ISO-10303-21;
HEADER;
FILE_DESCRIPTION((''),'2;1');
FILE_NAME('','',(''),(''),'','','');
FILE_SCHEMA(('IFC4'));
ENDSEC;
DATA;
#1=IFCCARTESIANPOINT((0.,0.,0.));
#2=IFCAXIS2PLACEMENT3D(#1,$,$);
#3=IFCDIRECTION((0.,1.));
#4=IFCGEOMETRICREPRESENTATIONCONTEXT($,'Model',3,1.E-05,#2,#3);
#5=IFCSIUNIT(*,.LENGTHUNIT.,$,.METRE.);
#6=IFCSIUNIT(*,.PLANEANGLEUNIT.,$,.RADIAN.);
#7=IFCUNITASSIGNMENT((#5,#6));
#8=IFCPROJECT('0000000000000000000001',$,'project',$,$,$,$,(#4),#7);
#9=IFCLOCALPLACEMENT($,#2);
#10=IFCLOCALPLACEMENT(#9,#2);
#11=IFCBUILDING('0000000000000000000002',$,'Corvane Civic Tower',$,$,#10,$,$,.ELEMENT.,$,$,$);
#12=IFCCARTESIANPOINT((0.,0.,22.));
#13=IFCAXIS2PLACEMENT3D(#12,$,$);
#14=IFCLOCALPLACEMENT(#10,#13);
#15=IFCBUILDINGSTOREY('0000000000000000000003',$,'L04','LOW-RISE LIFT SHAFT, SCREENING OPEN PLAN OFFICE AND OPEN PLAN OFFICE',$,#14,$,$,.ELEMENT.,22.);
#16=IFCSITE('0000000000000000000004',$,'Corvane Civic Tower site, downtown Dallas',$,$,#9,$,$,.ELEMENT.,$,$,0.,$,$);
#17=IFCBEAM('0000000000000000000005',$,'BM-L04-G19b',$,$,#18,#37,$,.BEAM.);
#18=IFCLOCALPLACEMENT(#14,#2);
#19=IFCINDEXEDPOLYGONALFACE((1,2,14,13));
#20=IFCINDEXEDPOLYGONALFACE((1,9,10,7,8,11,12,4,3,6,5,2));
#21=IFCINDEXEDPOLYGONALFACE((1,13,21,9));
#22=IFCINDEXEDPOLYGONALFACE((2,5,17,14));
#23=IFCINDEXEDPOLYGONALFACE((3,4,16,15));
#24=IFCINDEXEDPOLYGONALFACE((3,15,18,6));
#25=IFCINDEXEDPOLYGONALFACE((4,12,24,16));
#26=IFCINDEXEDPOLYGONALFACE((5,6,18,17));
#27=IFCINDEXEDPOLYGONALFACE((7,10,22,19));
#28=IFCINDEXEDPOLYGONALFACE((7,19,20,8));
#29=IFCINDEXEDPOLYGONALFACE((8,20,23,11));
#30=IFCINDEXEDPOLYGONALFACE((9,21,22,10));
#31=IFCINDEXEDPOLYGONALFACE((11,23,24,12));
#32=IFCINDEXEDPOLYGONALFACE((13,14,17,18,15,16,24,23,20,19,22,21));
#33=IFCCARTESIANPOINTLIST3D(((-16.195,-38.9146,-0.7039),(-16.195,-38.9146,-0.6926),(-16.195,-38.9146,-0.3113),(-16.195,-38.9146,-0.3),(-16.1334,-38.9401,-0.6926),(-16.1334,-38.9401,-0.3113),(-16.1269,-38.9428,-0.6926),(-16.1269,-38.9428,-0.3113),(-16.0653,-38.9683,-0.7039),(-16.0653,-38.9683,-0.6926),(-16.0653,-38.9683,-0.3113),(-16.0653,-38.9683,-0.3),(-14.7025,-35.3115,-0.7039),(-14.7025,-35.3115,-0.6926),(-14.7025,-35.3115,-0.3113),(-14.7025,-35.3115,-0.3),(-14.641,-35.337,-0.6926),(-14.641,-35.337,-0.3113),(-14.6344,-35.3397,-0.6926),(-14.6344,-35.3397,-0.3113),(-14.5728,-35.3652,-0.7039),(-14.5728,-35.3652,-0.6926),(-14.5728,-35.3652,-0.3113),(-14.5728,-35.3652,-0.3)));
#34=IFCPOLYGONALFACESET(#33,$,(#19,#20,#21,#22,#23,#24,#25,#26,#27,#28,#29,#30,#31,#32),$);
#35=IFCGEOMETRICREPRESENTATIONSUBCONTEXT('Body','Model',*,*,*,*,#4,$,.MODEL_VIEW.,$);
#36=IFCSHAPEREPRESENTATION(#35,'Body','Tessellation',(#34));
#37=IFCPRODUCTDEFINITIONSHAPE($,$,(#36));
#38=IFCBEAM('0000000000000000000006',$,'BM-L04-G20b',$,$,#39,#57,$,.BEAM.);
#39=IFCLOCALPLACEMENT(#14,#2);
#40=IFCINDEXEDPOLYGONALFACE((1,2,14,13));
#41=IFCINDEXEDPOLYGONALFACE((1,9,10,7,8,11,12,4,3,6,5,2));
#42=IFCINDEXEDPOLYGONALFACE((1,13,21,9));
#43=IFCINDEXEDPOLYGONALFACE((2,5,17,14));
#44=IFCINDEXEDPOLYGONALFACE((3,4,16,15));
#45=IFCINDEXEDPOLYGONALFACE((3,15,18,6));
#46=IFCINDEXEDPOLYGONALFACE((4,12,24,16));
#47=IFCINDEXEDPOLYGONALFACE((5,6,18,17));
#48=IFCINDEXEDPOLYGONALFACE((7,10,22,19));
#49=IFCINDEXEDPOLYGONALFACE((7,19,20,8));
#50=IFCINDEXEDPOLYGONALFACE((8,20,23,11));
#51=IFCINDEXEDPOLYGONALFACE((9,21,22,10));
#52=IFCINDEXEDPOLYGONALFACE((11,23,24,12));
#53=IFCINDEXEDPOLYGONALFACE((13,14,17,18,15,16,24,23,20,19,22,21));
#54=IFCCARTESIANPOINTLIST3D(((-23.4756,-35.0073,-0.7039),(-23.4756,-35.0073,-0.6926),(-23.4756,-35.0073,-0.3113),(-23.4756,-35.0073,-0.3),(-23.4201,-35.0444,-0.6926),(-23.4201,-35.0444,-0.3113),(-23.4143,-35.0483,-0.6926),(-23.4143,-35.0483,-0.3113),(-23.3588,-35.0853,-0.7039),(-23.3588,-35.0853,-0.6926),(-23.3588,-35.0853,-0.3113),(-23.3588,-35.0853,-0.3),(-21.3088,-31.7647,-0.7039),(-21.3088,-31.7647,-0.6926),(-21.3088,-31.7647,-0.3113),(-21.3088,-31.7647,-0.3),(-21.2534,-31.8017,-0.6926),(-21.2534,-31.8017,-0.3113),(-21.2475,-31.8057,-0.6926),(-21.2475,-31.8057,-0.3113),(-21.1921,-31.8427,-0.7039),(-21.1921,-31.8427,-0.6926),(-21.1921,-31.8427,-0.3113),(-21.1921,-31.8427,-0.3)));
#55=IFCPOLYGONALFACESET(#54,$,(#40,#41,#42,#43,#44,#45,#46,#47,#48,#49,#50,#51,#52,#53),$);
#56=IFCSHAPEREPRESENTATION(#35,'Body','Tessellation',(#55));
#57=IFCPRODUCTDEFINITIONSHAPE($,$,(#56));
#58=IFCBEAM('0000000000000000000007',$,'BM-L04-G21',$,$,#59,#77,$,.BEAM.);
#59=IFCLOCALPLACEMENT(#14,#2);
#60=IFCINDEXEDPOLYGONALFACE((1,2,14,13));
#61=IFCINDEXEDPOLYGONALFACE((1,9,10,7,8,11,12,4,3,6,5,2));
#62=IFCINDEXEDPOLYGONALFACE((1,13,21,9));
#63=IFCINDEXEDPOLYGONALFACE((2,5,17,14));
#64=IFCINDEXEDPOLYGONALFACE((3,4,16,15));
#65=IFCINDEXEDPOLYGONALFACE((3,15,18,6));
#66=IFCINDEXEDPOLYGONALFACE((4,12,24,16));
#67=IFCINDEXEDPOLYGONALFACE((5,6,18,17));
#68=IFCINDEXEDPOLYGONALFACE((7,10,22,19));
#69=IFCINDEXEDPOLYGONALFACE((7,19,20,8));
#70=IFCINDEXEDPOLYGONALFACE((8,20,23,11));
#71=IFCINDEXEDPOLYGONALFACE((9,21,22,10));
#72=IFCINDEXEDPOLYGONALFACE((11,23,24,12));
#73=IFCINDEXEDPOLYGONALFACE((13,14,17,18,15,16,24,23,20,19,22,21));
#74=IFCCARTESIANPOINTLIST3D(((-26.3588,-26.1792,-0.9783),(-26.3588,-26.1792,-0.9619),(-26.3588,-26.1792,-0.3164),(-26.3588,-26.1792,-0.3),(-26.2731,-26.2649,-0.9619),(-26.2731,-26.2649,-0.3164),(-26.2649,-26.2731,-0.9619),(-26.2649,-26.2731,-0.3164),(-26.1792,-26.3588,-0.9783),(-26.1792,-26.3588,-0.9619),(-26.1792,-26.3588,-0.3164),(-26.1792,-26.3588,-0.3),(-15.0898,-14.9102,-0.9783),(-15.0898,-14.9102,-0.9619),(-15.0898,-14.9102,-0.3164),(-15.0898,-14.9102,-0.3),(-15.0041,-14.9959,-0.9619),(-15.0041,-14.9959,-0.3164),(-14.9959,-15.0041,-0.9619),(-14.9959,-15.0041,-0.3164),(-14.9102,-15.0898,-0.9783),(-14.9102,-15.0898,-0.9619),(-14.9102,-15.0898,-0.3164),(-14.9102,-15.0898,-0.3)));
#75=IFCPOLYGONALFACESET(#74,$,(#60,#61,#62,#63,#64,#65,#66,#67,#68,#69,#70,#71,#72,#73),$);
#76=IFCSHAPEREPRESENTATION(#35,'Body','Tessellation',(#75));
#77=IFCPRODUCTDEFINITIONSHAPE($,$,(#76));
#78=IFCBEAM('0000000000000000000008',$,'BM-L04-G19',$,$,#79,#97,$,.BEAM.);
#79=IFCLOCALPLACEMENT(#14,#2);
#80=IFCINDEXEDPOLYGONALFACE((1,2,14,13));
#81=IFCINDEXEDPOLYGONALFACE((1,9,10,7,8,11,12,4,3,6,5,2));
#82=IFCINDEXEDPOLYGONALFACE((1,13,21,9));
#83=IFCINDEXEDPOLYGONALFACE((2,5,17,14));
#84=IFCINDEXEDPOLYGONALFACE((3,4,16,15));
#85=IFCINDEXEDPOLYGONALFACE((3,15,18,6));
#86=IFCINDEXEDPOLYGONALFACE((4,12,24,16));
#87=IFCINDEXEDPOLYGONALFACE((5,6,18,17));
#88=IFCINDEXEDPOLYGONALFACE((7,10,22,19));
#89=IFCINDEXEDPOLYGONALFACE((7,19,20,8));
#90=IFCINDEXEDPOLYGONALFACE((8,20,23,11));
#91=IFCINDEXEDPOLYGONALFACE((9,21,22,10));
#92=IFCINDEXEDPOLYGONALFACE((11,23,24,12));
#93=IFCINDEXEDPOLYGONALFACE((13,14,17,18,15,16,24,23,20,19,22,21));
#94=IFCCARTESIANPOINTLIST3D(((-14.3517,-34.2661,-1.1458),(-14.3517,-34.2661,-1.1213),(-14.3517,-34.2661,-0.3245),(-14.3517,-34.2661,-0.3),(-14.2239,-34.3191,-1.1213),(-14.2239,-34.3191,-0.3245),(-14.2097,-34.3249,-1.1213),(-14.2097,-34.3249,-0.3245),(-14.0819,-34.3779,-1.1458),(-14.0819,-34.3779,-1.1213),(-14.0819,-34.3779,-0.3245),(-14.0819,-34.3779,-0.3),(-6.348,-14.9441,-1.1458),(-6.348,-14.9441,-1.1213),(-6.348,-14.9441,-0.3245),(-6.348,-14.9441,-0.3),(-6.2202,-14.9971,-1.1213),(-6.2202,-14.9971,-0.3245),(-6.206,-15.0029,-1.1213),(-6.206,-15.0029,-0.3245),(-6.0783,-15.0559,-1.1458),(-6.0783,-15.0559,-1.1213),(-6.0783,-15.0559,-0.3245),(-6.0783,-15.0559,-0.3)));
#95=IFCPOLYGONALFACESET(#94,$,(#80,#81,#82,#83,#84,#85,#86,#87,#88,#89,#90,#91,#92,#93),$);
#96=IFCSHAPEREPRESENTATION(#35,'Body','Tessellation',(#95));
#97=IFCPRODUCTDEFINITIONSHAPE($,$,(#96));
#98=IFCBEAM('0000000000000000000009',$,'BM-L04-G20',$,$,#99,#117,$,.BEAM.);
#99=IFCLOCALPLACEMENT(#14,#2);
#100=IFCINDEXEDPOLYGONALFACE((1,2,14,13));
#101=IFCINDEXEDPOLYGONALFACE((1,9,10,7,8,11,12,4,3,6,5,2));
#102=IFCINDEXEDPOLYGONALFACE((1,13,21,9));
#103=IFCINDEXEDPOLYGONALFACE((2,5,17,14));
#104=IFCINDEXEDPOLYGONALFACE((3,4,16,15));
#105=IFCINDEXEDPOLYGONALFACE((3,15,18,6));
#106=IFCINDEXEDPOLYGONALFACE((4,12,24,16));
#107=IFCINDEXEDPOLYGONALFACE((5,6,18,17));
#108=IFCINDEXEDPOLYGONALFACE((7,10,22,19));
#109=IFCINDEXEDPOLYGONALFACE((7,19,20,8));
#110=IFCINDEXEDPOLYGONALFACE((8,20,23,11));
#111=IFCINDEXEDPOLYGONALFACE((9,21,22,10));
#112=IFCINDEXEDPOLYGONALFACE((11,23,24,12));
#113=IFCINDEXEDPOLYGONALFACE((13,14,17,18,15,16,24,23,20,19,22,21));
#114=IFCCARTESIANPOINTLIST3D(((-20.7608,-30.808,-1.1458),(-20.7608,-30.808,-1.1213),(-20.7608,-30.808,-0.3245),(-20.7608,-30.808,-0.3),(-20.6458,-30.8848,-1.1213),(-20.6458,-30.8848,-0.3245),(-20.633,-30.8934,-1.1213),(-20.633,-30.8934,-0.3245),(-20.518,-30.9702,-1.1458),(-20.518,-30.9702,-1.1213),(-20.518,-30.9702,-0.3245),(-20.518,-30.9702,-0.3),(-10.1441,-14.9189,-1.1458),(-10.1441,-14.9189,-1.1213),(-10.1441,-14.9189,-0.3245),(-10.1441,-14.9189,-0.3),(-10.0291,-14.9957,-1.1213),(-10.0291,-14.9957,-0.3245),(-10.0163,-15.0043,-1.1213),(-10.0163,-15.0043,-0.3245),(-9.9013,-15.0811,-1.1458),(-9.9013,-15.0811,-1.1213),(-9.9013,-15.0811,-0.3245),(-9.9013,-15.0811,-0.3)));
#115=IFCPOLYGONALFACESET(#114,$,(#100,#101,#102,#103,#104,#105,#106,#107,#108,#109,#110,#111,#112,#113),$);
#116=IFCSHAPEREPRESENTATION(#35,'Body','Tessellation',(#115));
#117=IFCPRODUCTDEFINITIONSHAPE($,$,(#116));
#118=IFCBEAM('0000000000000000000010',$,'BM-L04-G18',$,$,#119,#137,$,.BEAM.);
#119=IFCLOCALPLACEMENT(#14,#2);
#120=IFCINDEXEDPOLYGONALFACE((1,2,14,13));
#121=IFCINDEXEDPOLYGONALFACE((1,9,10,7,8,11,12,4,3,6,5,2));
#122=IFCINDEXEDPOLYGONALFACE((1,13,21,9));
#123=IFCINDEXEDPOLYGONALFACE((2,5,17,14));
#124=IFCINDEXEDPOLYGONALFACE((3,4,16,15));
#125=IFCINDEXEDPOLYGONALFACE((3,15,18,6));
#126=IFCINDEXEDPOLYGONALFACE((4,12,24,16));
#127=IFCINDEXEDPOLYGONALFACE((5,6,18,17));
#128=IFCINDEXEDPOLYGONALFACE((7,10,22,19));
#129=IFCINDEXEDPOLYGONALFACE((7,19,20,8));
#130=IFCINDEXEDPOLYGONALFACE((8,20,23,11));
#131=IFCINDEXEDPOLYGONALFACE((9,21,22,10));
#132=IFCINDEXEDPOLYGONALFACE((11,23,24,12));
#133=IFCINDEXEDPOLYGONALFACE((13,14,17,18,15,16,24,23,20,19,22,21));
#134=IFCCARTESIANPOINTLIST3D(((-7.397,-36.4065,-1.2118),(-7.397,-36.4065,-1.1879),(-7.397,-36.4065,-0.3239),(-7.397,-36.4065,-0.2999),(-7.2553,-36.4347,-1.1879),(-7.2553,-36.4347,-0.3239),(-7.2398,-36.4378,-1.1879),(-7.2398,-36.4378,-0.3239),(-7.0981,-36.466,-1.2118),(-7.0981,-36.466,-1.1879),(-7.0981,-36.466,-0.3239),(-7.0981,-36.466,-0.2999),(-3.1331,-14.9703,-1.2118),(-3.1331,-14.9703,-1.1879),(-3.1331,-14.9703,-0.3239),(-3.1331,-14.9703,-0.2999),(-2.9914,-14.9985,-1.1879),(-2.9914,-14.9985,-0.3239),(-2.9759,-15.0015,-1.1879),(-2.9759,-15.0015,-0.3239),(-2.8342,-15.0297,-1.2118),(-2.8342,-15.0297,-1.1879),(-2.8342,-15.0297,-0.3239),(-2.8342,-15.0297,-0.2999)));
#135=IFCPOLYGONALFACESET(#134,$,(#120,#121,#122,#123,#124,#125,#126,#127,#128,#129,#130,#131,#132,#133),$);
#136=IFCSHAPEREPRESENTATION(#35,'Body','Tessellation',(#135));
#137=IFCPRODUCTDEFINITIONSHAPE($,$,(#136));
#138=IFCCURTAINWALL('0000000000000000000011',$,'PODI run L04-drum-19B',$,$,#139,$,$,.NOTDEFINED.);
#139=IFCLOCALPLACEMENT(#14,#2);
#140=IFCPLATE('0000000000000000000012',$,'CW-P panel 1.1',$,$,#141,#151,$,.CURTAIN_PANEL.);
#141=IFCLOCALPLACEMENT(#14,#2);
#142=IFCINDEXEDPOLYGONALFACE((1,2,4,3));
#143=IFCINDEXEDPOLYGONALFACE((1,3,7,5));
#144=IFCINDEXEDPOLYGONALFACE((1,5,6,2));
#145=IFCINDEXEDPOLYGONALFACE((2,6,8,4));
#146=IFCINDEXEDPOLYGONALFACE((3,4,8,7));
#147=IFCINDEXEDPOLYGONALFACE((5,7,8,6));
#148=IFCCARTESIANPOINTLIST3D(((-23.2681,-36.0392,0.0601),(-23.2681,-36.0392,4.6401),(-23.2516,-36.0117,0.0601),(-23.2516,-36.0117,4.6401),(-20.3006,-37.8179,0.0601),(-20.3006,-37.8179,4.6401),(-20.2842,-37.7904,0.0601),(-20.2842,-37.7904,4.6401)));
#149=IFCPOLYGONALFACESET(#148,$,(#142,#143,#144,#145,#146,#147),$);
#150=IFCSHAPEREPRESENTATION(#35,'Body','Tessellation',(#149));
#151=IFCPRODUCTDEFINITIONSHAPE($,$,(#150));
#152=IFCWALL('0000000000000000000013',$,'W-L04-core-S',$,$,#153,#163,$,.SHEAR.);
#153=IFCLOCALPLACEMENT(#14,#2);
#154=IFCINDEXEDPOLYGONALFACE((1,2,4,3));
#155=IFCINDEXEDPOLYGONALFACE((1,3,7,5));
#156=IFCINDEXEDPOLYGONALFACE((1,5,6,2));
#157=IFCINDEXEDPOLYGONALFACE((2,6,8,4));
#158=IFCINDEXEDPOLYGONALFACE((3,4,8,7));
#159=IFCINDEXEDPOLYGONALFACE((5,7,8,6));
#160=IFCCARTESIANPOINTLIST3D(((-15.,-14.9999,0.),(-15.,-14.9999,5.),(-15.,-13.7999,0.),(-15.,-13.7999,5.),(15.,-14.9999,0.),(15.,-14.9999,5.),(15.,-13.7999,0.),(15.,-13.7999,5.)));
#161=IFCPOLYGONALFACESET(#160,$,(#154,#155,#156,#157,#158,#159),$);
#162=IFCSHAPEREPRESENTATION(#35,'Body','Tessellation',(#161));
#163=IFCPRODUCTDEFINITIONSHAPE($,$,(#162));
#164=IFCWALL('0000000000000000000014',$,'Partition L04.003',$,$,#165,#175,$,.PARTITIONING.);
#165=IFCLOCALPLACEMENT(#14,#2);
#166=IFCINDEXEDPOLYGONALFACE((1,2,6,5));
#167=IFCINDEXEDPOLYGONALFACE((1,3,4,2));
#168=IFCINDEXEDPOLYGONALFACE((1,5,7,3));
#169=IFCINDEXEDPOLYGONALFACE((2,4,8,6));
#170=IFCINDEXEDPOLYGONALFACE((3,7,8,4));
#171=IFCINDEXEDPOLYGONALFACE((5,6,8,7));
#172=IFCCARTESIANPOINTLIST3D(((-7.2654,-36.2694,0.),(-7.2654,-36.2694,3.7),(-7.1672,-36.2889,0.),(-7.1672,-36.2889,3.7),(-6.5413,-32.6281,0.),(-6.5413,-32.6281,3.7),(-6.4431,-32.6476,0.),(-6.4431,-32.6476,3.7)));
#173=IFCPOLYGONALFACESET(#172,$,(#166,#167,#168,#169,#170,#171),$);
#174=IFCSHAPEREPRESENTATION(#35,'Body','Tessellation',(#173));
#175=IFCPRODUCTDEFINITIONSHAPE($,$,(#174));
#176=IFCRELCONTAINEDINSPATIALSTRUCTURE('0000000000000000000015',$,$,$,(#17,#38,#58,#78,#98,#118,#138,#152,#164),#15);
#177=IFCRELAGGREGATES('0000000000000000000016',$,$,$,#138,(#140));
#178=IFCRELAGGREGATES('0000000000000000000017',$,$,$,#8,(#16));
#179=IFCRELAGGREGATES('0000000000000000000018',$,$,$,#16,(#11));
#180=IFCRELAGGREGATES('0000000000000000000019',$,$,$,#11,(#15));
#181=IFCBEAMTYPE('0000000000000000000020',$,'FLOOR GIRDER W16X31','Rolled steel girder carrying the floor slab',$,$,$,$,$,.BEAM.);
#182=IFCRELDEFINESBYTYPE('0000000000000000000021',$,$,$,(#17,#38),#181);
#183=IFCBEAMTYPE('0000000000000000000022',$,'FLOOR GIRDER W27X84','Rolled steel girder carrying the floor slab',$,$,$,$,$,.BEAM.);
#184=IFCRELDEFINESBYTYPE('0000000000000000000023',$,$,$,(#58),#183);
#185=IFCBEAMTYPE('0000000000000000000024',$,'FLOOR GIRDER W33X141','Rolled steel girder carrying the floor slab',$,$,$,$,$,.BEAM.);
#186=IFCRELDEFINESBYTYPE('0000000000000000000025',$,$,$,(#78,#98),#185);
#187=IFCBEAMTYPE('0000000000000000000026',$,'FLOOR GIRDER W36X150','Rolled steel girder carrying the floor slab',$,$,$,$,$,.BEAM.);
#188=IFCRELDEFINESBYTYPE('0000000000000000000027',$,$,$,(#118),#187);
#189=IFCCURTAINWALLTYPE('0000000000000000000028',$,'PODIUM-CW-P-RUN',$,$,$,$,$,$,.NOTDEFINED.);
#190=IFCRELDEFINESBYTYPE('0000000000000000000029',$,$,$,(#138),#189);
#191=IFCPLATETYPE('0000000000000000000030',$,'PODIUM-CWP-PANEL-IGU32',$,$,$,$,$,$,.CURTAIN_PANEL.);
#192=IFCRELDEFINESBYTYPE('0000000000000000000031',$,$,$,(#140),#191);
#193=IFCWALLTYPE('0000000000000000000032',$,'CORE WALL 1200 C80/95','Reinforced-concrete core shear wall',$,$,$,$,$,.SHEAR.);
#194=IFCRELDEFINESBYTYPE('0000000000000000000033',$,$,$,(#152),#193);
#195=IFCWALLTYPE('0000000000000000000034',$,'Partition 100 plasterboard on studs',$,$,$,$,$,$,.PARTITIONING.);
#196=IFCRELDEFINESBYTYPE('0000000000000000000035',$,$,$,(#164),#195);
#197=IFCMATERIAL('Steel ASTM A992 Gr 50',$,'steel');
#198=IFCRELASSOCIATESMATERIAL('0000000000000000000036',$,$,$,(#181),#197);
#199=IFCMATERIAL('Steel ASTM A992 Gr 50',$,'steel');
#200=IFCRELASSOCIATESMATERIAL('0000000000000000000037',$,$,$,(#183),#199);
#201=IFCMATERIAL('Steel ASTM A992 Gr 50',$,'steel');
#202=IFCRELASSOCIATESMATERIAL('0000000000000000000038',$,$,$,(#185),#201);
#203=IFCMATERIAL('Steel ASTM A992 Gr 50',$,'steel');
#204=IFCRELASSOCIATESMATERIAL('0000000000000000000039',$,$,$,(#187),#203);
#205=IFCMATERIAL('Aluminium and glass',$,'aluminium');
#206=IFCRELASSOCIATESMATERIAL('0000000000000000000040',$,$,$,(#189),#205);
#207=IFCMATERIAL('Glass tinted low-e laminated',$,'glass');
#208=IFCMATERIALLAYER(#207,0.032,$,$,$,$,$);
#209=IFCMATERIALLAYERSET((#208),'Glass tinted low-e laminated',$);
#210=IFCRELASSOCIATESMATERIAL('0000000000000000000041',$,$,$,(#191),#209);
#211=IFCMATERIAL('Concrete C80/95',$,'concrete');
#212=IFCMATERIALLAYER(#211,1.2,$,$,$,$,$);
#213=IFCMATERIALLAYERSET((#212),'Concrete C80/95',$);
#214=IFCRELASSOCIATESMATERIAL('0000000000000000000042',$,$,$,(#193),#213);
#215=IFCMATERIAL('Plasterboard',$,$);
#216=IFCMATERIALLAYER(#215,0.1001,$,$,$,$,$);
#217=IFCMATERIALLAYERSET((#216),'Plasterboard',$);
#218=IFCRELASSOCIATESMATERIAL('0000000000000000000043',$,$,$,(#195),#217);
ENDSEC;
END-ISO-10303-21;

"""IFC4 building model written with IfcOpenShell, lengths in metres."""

from ifc_helpers import new_model, si_unit, direction, frame, frame_2d, origin, origin_2d, place, context, subcontext, project, spatial, rectangle, i_section, extrude, material, layer, layer_set, material_profile, profile_set, type_object, element, aggregate, save


model = new_model("IFC4")

# Units and contexts
model_context = context("Model", 3, precision=1e-05, world=origin(), true_north=direction((0.0, 1.0)))
body_context = subcontext(model_context, "Body", "Model", "MODEL_VIEW")
ifc_project = project(units=[si_unit("LENGTHUNIT", "METRE"), si_unit("PLANEANGLEUNIT", "RADIAN")], contexts=[model_context])

# Site, building, storey
site_placement = place(None, origin())
site = spatial("IfcSite", under=ifc_project, at=site_placement, Name="Corvane Civic Tower site, downtown Dallas", CompositionType="ELEMENT", RefElevation=0.0)
building_placement = place(site_placement, origin())
building = spatial("IfcBuilding", under=site, at=building_placement, Name="Corvane Civic Tower", CompositionType="ELEMENT")
storey_placement = place(building_placement, frame((0.0, 0.0, 22.0)))
storey = spatial("IfcBuildingStorey", under=building, at=storey_placement, Name="L04", Description="LOW-RISE LIFT SHAFT, SCREENING OPEN PLAN OFFICE AND OPEN PLAN OFFICE", CompositionType="ELEMENT", Elevation=22.0)

# Beams
ifc_material_1 = material(Name="Steel ASTM A992 Gr 50", Category="steel")
ifc_material_profile_1 = material_profile(ifc_material_1, i_section(OverallWidth=0.1404, OverallDepth=0.4038, WebThickness=0.0071, FlangeThickness=0.0112, at=origin_2d()), Name="W16X31")
ifc_profile_set_1 = profile_set([ifc_material_profile_1], Name="Steel ASTM A992 Gr 50")
beam_type_1 = type_object("IfcBeamType", Name="FLOOR GIRDER W16X31", Description="Rolled steel girder carrying the floor slab", PredefinedType="BEAM", material=ifc_profile_set_1)
for number, where, z_axis, x_axis, name in (
    (1, (-14.6377, -35.3384, -0.502), (-0.382685, -0.923879, 0.0), (0.923879, -0.382685, 0.0), "BM-L04-G19b"),
    (2, (-21.2505, -31.8037, -0.502), (-0.555581, -0.831462, 0.0), (0.831462, -0.555581, 0.0), "BM-L04-G20b"),
):
    element("IfcBeam", number, at=place(storey_placement, frame(where, z_axis=z_axis, x_axis=x_axis)), inside=storey, type_object=beam_type_1, Name=name, PredefinedType="BEAM", context=body_context, shape_type="SweptSolid", body=[
        extrude(i_section(OverallWidth=0.1404, OverallDepth=0.4038, WebThickness=0.0071, FlangeThickness=0.0112, at=origin_2d()), origin(), (0.0, 0.0, 1.0), 3.8999),
    ])
ifc_material_2 = material(Name="Steel ASTM A992 Gr 50", Category="steel")
ifc_material_profile_2 = material_profile(ifc_material_2, i_section(OverallWidth=0.2539, OverallDepth=0.6782, WebThickness=0.0117, FlangeThickness=0.0164, at=origin_2d()), Name="W27X84")
ifc_profile_set_2 = profile_set([ifc_material_profile_2], Name="Steel ASTM A992 Gr 50")
beam_type_2 = type_object("IfcBeamType", Name="FLOOR GIRDER W27X84", Description="Rolled steel girder carrying the floor slab", PredefinedType="BEAM", material=ifc_profile_set_2)
beam_1_placement = place(storey_placement, frame((-15.0, -15.0, -0.6392), z_axis=(-0.707107, -0.707107, 0.0), x_axis=(0.707107, -0.707107, 0.0)))
element("IfcBeam", 3, at=beam_1_placement, inside=storey, type_object=beam_type_2, Name="BM-L04-G21", PredefinedType="BEAM", context=body_context, shape_type="SweptSolid", body=[
    extrude(i_section(OverallWidth=0.2539, OverallDepth=0.6782, WebThickness=0.0117, FlangeThickness=0.0164, at=origin_2d()), origin(), (0.0, 0.0, 1.0), 15.9368),
])
ifc_material_3 = material(Name="Steel ASTM A992 Gr 50", Category="steel")
ifc_material_profile_3 = material_profile(ifc_material_3, i_section(OverallWidth=0.292, OverallDepth=0.8457, WebThickness=0.0154, FlangeThickness=0.0244, at=origin_2d()), Name="W33X141")
ifc_profile_set_3 = profile_set([ifc_material_profile_3], Name="Steel ASTM A992 Gr 50")
beam_type_3 = type_object("IfcBeamType", Name="FLOOR GIRDER W33X141", Description="Rolled steel girder carrying the floor slab", PredefinedType="BEAM", material=ifc_profile_set_3)
beam_2_placement = place(storey_placement, frame((-6.2131, -15.0, -0.7229), z_axis=(-0.382692, -0.923876, 0.0), x_axis=(0.923876, -0.382692, 0.0)))
element("IfcBeam", 4, at=beam_2_placement, inside=storey, type_object=beam_type_3, Name="BM-L04-G19", PredefinedType="BEAM", context=body_context, shape_type="SweptSolid", body=[
    extrude(i_section(OverallWidth=0.292, OverallDepth=0.8457, WebThickness=0.0154, FlangeThickness=0.0244, at=origin_2d()), origin(), (0.0, 0.0, 1.0), 20.9141),
])
beam_3_placement = place(storey_placement, frame((-10.0227, -15.0, -0.7229), z_axis=(-0.555567, -0.831472, 0.0), x_axis=(0.831472, -0.555567, 0.0)))
element("IfcBeam", 5, at=beam_3_placement, inside=storey, type_object=beam_type_3, Name="BM-L04-G20", PredefinedType="BEAM", context=body_context, shape_type="SweptSolid", body=[
    extrude(i_section(OverallWidth=0.292, OverallDepth=0.8457, WebThickness=0.0154, FlangeThickness=0.0244, at=origin_2d()), origin(), (0.0, 0.0, 1.0), 19.1096),
])
ifc_material_4 = material(Name="Steel ASTM A992 Gr 50", Category="steel")
ifc_material_profile_4 = material_profile(ifc_material_4, i_section(OverallWidth=0.3047, OverallDepth=0.9119, WebThickness=0.0159, FlangeThickness=0.0239, at=origin_2d()), Name="W36X150")
ifc_profile_set_4 = profile_set([ifc_material_profile_4], Name="Steel ASTM A992 Gr 50")
beam_type_4 = type_object("IfcBeamType", Name="FLOOR GIRDER W36X150", Description="Rolled steel girder carrying the floor slab", PredefinedType="BEAM", material=ifc_profile_set_4)
beam_4_placement = place(storey_placement, frame((-2.9836, -15.0, -0.7559), z_axis=(-0.195089, -0.980785, 0.0), x_axis=(0.980785, -0.195089, 0.0)))
element("IfcBeam", 6, at=beam_4_placement, inside=storey, type_object=beam_type_4, Name="BM-L04-G18", PredefinedType="BEAM", context=body_context, shape_type="SweptSolid", body=[
    extrude(i_section(OverallWidth=0.3047, OverallDepth=0.9119, WebThickness=0.0159, FlangeThickness=0.0239, at=origin_2d()), origin(), (0.0, 0.0, 1.0), 21.8562),
])

# Curtain wall, plate
ifc_material_5 = material(Name="Aluminium and glass", Category="aluminium")
curtain_wall_type = type_object("IfcCurtainWallType", Name="PODIUM-CW-P-RUN", PredefinedType="NOTDEFINED", material=ifc_material_5)
curtain_wall_placement = place(storey_placement, origin())
curtain_wall = element("IfcCurtainWall", 7, at=curtain_wall_placement, inside=storey, type_object=curtain_wall_type, Name="PODI run L04-drum-19B", PredefinedType="NOTDEFINED")
ifc_material_6 = material(Name="Glass tinted low-e laminated", Category="glass")
ifc_layer_1 = layer(ifc_material_6, 0.032)
ifc_layer_set_1 = layer_set([ifc_layer_1], Name="Glass tinted low-e laminated")
plate_type = type_object("IfcPlateType", Name="PODIUM-CWP-PANEL-IGU32", PredefinedType="CURTAIN_PANEL", material=ifc_layer_set_1)
plate_placement = place(storey_placement, frame((-21.7761, -36.9148, 0.0601), z_axis=(0.0, 0.0, 1.0), x_axis=(-0.85772, 0.514118, 0.0)))
plate = element("IfcPlate", 8, at=plate_placement, type_object=plate_type, Name="CW-P panel 1.1", PredefinedType="CURTAIN_PANEL", context=body_context, shape_type="SweptSolid", body=[
    extrude(rectangle(XDim=3.4597, YDim=0.032, at=origin_2d()), origin(), (0.0, 0.0, 1.0), 4.5801),
])
aggregate(curtain_wall, [plate])

# Walls
ifc_material_7 = material(Name="Concrete C80/95", Category="concrete")
ifc_layer_2 = layer(ifc_material_7, 1.2)
ifc_layer_set_2 = layer_set([ifc_layer_2], Name="Concrete C80/95")
wall_type_1 = type_object("IfcWallType", Name="CORE WALL 1200 C80/95", Description="Reinforced-concrete core shear wall", PredefinedType="SHEAR", material=ifc_layer_set_2)
wall_1_placement = place(storey_placement, frame((-15.0, -14.3999, 0.0), z_axis=(0.0, 0.0, 1.0), x_axis=(1.0, 0.0, 0.0)))
element("IfcWall", 9, at=wall_1_placement, inside=storey, type_object=wall_type_1, Name="W-L04-core-S", PredefinedType="SHEAR", context=body_context, shape_type="SweptSolid", body=[
    extrude(rectangle(XDim=30.0, YDim=1.2, at=frame_2d((15.0, 0.0))), origin(), (0.0, 0.0, 1.0), 5.0),
])
ifc_material_8 = material(Name="Plasterboard")
ifc_layer_3 = layer(ifc_material_8, 0.1001)
ifc_layer_set_3 = layer_set([ifc_layer_3], Name="Plasterboard")
wall_type_2 = type_object("IfcWallType", Name="Partition 100 plasterboard on studs", PredefinedType="PARTITIONING", material=ifc_layer_set_3)
wall_2_placement = place(storey_placement, frame((-7.2163, -36.2793, 0.0), z_axis=(0.0, 0.0, 1.0), x_axis=(0.195041, 0.980795, 0.0)))
element("IfcWall", 10, at=wall_2_placement, inside=storey, type_object=wall_type_2, Name="Partition L04.003", PredefinedType="PARTITIONING", context=body_context, shape_type="SweptSolid", body=[
    extrude(rectangle(XDim=3.7126, YDim=0.1001, at=frame_2d((1.8564, 0.0))), origin(), (0.0, 0.0, 1.0), 3.7),
])

save(model, "model.ifc")
